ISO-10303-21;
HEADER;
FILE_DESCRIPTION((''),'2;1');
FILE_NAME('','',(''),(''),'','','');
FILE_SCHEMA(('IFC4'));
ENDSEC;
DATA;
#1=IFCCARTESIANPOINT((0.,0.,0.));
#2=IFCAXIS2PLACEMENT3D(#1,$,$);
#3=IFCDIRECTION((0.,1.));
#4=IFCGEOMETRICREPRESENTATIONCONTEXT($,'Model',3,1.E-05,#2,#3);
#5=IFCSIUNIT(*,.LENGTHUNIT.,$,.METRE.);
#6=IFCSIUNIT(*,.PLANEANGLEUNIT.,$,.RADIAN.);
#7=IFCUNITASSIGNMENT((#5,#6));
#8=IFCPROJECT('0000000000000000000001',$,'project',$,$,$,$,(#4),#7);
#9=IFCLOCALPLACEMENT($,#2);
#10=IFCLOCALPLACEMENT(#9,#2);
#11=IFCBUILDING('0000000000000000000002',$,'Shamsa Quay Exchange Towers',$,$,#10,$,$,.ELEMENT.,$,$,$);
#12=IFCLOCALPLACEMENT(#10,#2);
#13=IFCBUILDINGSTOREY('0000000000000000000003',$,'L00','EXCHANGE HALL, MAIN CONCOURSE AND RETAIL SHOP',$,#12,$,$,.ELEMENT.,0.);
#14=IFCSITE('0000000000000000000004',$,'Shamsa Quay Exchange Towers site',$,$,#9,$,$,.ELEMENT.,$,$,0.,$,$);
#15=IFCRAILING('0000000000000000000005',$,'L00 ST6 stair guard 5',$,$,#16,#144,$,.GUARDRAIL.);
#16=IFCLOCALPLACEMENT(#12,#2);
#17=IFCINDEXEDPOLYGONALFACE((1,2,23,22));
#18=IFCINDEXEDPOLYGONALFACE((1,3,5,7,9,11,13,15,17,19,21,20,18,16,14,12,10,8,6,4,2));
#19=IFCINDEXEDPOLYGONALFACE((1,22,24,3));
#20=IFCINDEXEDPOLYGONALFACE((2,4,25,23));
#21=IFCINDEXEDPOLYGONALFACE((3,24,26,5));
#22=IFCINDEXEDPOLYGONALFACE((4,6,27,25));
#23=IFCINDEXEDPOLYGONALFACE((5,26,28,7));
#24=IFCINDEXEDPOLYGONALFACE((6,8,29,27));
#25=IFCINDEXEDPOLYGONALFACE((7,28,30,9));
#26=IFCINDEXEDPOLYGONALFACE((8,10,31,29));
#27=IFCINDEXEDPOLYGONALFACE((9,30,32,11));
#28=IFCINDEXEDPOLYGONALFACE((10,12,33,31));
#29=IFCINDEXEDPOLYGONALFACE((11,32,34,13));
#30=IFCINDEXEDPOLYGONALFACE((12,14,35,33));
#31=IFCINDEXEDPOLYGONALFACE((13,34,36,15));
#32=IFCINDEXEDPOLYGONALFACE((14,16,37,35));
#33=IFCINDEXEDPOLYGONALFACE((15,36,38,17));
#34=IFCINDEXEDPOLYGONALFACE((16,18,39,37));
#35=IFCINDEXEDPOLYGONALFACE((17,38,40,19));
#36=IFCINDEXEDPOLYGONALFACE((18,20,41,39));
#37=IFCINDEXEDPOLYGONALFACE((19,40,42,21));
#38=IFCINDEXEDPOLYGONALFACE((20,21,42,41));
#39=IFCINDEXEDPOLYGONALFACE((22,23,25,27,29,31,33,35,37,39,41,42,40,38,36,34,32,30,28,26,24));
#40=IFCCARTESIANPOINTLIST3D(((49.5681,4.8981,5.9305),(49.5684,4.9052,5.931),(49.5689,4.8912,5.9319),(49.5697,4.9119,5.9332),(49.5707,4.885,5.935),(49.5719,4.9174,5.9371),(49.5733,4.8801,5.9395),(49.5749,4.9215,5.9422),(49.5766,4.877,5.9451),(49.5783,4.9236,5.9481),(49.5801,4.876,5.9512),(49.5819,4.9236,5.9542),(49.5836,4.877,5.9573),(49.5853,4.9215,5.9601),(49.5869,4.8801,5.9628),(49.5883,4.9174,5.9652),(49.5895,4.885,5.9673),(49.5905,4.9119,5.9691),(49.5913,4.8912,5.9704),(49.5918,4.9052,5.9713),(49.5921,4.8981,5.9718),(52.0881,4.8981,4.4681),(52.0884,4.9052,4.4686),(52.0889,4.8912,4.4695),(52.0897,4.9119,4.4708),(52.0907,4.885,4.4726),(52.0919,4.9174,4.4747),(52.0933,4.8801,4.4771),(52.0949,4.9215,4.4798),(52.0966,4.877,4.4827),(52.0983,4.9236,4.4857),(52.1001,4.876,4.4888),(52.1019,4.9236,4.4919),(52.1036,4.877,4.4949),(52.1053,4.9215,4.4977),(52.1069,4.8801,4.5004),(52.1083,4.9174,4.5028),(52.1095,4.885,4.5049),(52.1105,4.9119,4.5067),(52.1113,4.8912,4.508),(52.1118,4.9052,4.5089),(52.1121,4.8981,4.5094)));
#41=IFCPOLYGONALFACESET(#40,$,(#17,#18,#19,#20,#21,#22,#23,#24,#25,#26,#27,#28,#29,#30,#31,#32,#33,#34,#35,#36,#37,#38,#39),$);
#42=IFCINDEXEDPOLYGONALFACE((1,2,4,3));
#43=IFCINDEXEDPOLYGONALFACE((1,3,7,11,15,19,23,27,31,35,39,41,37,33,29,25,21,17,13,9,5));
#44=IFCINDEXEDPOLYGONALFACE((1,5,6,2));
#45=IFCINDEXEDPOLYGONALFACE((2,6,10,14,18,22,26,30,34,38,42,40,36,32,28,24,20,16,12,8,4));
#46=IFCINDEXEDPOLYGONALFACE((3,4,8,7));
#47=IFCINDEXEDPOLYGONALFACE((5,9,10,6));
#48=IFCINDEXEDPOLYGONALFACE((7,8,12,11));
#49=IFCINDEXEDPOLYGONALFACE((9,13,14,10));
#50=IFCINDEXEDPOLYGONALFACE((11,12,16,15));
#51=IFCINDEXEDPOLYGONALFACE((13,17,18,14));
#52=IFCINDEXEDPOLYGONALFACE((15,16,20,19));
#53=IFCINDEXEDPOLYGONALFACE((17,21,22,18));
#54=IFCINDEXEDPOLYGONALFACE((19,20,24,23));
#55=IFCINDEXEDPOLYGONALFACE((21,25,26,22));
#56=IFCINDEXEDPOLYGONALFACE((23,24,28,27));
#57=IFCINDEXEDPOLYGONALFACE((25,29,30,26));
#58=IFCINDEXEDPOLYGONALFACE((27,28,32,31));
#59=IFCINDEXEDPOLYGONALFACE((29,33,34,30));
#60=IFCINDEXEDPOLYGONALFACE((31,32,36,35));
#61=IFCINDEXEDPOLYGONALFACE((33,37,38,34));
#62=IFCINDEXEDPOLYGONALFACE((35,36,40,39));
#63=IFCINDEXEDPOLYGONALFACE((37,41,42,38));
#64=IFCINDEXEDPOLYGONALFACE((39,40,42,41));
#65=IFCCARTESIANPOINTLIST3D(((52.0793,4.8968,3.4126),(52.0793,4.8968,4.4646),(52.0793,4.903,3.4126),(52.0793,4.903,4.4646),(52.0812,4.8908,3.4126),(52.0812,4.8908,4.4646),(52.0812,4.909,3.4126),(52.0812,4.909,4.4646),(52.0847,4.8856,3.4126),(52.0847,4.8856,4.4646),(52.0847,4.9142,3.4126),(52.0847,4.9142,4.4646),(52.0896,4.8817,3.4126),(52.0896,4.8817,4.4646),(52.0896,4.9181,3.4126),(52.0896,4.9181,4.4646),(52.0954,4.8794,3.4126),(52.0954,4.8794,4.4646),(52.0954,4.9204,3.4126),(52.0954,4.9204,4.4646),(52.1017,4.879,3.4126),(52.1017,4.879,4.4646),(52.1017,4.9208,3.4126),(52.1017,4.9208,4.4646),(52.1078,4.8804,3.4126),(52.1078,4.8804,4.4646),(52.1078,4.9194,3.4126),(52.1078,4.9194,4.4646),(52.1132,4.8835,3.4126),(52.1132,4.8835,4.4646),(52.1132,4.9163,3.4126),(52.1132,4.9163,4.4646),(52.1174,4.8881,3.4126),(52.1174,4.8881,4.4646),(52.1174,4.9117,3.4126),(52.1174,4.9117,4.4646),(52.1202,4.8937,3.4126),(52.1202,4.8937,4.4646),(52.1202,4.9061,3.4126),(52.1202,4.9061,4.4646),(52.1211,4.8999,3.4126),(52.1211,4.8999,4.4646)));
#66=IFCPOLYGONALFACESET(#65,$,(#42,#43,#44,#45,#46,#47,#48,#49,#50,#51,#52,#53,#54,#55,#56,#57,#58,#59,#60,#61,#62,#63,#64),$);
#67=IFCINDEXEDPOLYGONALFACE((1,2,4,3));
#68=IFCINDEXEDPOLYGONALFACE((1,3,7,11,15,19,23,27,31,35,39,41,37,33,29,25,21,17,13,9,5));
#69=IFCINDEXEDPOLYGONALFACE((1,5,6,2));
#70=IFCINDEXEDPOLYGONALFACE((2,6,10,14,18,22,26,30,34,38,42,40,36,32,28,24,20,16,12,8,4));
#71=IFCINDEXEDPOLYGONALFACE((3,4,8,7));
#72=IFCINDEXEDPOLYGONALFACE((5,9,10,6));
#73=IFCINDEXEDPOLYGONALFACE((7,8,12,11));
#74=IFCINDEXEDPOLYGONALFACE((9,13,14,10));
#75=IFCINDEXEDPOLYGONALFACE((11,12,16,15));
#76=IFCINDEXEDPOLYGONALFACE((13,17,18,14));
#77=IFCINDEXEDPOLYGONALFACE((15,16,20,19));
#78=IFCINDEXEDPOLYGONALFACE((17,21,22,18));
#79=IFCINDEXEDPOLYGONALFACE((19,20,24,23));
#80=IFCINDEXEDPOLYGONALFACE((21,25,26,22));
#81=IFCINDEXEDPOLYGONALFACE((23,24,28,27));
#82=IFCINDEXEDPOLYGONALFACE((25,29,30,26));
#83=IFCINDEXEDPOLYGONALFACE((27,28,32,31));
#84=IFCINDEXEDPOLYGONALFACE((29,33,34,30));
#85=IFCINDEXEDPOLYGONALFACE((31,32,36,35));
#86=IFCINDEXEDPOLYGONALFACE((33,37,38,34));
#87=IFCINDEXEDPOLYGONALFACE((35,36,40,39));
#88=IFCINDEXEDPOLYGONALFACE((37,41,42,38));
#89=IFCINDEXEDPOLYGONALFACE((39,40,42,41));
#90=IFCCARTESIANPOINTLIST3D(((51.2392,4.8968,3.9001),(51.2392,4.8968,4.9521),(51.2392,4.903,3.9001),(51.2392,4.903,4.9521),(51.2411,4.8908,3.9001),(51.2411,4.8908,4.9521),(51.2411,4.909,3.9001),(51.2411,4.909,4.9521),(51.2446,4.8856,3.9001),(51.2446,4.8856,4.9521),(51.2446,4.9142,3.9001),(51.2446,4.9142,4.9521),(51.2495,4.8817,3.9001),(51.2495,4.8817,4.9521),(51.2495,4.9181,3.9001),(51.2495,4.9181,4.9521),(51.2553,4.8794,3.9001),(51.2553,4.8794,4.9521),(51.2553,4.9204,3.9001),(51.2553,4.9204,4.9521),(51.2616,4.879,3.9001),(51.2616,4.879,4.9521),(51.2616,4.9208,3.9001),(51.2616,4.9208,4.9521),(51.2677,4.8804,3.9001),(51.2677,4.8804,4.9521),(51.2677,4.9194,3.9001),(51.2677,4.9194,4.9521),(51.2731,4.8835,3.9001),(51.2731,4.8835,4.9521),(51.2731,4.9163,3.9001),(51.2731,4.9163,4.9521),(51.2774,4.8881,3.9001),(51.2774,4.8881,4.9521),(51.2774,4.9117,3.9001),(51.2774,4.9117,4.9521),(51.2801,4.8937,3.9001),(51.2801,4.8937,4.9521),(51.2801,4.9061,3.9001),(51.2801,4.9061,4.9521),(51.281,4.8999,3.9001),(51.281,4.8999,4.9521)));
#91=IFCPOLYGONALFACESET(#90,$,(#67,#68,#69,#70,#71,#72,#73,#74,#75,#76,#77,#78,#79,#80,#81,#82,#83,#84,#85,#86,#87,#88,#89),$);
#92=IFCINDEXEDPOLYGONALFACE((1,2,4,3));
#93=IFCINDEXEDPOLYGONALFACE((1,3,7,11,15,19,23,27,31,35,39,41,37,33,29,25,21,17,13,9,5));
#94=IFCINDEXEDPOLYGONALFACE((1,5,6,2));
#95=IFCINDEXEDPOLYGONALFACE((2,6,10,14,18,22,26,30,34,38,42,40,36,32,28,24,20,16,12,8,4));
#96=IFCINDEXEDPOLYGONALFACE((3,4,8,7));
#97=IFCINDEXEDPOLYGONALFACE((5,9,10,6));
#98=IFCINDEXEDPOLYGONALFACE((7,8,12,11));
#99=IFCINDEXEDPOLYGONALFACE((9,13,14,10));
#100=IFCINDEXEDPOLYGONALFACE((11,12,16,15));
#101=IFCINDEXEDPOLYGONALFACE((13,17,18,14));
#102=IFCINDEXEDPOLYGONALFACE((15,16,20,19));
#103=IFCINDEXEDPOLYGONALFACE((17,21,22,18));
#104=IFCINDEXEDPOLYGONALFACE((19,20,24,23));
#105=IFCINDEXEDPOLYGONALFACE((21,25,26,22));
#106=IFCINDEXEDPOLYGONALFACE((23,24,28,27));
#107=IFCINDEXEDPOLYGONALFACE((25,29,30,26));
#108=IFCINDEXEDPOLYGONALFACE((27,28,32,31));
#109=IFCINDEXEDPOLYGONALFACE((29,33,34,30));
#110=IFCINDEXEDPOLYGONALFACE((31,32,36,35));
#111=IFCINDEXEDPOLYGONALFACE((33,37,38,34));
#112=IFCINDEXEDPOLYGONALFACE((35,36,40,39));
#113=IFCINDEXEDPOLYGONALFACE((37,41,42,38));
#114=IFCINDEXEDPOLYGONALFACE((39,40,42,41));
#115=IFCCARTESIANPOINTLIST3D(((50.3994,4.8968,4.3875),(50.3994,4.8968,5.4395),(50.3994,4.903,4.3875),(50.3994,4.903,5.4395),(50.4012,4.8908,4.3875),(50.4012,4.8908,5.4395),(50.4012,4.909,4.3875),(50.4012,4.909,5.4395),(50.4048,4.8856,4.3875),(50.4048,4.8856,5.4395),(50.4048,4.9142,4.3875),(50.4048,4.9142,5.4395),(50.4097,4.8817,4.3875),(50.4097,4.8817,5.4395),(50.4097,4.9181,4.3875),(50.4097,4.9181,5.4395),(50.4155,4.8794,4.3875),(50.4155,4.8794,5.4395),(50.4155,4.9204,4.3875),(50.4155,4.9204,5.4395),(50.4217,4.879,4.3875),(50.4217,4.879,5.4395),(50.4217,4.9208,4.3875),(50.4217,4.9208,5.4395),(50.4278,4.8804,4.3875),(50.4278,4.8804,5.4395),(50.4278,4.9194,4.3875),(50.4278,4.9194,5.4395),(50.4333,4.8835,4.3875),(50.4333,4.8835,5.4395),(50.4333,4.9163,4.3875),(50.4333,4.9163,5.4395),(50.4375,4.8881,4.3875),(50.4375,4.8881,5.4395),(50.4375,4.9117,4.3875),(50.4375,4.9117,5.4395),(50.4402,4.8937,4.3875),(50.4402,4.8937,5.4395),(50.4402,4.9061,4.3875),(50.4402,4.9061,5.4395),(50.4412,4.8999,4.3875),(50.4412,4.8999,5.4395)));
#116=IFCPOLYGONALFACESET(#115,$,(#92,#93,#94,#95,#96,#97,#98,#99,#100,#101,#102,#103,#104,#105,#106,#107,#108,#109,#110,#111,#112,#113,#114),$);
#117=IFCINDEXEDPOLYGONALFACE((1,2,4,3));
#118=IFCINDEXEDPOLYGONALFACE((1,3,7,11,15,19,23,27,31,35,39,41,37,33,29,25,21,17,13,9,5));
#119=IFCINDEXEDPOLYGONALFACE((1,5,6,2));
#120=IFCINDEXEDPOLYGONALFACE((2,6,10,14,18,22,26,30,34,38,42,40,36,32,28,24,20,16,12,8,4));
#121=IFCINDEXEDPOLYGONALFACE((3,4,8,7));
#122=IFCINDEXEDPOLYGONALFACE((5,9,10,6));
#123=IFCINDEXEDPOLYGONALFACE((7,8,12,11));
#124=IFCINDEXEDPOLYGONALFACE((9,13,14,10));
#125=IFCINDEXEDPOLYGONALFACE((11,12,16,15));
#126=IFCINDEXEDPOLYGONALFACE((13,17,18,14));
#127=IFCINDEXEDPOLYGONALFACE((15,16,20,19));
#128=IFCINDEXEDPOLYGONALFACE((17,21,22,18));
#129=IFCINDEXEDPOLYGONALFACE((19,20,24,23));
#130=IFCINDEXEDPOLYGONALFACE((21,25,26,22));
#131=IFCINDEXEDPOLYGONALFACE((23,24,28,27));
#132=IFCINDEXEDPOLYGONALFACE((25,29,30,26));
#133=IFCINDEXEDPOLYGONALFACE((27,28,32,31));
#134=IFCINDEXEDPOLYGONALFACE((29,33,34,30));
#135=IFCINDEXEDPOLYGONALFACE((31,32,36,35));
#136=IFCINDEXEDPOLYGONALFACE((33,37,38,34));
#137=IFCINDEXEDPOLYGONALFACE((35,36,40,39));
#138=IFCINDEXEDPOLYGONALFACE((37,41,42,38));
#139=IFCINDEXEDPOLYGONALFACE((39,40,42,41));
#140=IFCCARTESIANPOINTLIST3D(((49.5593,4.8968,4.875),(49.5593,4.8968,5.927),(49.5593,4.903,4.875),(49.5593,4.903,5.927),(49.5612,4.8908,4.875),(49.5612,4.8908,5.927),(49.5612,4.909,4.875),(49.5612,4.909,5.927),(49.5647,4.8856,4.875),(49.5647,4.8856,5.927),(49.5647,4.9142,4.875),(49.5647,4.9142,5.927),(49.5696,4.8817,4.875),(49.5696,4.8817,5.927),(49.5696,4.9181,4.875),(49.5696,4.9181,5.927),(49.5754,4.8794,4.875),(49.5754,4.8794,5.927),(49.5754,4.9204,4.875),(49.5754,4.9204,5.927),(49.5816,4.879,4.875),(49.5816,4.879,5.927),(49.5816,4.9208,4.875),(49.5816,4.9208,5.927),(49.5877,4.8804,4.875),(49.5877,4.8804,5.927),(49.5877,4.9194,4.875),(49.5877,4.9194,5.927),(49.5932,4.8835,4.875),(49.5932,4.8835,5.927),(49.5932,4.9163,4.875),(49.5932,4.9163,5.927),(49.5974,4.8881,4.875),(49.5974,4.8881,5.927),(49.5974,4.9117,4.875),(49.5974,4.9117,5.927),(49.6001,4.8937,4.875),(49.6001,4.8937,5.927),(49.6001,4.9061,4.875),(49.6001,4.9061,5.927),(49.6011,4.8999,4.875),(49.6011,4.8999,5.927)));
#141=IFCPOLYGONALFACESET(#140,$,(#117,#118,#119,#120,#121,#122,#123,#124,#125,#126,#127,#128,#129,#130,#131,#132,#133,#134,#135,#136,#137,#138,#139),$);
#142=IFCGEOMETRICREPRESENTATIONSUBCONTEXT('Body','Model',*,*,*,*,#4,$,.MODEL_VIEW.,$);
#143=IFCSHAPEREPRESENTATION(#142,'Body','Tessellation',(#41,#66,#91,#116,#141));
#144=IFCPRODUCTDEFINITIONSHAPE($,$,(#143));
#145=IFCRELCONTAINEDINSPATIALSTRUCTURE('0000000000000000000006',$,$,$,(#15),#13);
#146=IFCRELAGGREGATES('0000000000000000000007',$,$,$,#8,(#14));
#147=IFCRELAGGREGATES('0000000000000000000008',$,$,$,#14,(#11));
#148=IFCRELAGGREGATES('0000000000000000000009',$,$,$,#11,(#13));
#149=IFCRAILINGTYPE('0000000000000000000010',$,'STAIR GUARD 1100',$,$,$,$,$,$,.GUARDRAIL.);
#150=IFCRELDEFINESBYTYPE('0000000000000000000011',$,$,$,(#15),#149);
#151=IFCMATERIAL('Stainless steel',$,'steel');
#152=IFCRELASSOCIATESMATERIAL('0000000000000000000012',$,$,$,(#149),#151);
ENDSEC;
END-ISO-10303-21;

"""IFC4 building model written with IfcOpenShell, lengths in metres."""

from ifc_helpers import new_model, si_unit, direction, frame, origin, origin_2d, place, context, subcontext, project, spatial, circle, extrude, material, type_object, element, save


model = new_model("IFC4")

# Units and contexts
model_context = context("Model", 3, precision=1e-05, world=origin(), true_north=direction((0.0, 1.0)))
body_context = subcontext(model_context, "Body", "Model", "MODEL_VIEW")
ifc_project = project(units=[si_unit("LENGTHUNIT", "METRE"), si_unit("PLANEANGLEUNIT", "RADIAN")], contexts=[model_context])

# Site, building, storey
site_placement = place(None, origin())
site = spatial("IfcSite", under=ifc_project, at=site_placement, Name="Shamsa Quay Exchange Towers site", CompositionType="ELEMENT", RefElevation=0.0)
building_placement = place(site_placement, origin())
building = spatial("IfcBuilding", under=site, at=building_placement, Name="Shamsa Quay Exchange Towers", CompositionType="ELEMENT")
storey_placement = place(building_placement, origin())
storey = spatial("IfcBuildingStorey", under=building, at=storey_placement, Name="L00", Description="EXCHANGE HALL, MAIN CONCOURSE AND RETAIL SHOP", CompositionType="ELEMENT", Elevation=0.0)

# Railing
ifc_material_1 = material(Name="Stainless steel", Category="steel")
railing_type = type_object("IfcRailingType", Name="STAIR GUARD 1100", PredefinedType="GUARDRAIL", material=ifc_material_1)
railing_1_placement = place(storey_placement, frame((52.1001, 4.8999, 3.4126)))
element("IfcRailing", 1, at=railing_1_placement, inside=storey, type_object=railing_type, Name="L00 ST6 stair guard 5", PredefinedType="GUARDRAIL", context=body_context, shape_type="SweptSolid", body=[
    extrude(circle(Radius=0.0239, at=origin_2d()), frame((0.0, 0.0, 1.0762), z_axis=(-0.864913, 0.0, 0.501921), x_axis=(0.0, -1.0, 0.0)), (0.0, 0.0, 1.0), 2.9136),
    extrude(circle(Radius=0.021, at=origin_2d()), origin(), (0.0, 0.0, 1.0), 1.052),
    extrude(circle(Radius=0.021, at=origin_2d()), frame((-0.8401, 0.0, 0.4875)), (0.0, 0.0, 1.0), 1.052),
    extrude(circle(Radius=0.021, at=origin_2d()), frame((-1.6799, 0.0, 0.9749)), (0.0, 0.0, 1.0), 1.052),
    extrude(circle(Radius=0.021, at=origin_2d()), frame((-2.52, 0.0, 1.4624)), (0.0, 0.0, 1.0), 1.052),
])

save(model, "model.ifc")
